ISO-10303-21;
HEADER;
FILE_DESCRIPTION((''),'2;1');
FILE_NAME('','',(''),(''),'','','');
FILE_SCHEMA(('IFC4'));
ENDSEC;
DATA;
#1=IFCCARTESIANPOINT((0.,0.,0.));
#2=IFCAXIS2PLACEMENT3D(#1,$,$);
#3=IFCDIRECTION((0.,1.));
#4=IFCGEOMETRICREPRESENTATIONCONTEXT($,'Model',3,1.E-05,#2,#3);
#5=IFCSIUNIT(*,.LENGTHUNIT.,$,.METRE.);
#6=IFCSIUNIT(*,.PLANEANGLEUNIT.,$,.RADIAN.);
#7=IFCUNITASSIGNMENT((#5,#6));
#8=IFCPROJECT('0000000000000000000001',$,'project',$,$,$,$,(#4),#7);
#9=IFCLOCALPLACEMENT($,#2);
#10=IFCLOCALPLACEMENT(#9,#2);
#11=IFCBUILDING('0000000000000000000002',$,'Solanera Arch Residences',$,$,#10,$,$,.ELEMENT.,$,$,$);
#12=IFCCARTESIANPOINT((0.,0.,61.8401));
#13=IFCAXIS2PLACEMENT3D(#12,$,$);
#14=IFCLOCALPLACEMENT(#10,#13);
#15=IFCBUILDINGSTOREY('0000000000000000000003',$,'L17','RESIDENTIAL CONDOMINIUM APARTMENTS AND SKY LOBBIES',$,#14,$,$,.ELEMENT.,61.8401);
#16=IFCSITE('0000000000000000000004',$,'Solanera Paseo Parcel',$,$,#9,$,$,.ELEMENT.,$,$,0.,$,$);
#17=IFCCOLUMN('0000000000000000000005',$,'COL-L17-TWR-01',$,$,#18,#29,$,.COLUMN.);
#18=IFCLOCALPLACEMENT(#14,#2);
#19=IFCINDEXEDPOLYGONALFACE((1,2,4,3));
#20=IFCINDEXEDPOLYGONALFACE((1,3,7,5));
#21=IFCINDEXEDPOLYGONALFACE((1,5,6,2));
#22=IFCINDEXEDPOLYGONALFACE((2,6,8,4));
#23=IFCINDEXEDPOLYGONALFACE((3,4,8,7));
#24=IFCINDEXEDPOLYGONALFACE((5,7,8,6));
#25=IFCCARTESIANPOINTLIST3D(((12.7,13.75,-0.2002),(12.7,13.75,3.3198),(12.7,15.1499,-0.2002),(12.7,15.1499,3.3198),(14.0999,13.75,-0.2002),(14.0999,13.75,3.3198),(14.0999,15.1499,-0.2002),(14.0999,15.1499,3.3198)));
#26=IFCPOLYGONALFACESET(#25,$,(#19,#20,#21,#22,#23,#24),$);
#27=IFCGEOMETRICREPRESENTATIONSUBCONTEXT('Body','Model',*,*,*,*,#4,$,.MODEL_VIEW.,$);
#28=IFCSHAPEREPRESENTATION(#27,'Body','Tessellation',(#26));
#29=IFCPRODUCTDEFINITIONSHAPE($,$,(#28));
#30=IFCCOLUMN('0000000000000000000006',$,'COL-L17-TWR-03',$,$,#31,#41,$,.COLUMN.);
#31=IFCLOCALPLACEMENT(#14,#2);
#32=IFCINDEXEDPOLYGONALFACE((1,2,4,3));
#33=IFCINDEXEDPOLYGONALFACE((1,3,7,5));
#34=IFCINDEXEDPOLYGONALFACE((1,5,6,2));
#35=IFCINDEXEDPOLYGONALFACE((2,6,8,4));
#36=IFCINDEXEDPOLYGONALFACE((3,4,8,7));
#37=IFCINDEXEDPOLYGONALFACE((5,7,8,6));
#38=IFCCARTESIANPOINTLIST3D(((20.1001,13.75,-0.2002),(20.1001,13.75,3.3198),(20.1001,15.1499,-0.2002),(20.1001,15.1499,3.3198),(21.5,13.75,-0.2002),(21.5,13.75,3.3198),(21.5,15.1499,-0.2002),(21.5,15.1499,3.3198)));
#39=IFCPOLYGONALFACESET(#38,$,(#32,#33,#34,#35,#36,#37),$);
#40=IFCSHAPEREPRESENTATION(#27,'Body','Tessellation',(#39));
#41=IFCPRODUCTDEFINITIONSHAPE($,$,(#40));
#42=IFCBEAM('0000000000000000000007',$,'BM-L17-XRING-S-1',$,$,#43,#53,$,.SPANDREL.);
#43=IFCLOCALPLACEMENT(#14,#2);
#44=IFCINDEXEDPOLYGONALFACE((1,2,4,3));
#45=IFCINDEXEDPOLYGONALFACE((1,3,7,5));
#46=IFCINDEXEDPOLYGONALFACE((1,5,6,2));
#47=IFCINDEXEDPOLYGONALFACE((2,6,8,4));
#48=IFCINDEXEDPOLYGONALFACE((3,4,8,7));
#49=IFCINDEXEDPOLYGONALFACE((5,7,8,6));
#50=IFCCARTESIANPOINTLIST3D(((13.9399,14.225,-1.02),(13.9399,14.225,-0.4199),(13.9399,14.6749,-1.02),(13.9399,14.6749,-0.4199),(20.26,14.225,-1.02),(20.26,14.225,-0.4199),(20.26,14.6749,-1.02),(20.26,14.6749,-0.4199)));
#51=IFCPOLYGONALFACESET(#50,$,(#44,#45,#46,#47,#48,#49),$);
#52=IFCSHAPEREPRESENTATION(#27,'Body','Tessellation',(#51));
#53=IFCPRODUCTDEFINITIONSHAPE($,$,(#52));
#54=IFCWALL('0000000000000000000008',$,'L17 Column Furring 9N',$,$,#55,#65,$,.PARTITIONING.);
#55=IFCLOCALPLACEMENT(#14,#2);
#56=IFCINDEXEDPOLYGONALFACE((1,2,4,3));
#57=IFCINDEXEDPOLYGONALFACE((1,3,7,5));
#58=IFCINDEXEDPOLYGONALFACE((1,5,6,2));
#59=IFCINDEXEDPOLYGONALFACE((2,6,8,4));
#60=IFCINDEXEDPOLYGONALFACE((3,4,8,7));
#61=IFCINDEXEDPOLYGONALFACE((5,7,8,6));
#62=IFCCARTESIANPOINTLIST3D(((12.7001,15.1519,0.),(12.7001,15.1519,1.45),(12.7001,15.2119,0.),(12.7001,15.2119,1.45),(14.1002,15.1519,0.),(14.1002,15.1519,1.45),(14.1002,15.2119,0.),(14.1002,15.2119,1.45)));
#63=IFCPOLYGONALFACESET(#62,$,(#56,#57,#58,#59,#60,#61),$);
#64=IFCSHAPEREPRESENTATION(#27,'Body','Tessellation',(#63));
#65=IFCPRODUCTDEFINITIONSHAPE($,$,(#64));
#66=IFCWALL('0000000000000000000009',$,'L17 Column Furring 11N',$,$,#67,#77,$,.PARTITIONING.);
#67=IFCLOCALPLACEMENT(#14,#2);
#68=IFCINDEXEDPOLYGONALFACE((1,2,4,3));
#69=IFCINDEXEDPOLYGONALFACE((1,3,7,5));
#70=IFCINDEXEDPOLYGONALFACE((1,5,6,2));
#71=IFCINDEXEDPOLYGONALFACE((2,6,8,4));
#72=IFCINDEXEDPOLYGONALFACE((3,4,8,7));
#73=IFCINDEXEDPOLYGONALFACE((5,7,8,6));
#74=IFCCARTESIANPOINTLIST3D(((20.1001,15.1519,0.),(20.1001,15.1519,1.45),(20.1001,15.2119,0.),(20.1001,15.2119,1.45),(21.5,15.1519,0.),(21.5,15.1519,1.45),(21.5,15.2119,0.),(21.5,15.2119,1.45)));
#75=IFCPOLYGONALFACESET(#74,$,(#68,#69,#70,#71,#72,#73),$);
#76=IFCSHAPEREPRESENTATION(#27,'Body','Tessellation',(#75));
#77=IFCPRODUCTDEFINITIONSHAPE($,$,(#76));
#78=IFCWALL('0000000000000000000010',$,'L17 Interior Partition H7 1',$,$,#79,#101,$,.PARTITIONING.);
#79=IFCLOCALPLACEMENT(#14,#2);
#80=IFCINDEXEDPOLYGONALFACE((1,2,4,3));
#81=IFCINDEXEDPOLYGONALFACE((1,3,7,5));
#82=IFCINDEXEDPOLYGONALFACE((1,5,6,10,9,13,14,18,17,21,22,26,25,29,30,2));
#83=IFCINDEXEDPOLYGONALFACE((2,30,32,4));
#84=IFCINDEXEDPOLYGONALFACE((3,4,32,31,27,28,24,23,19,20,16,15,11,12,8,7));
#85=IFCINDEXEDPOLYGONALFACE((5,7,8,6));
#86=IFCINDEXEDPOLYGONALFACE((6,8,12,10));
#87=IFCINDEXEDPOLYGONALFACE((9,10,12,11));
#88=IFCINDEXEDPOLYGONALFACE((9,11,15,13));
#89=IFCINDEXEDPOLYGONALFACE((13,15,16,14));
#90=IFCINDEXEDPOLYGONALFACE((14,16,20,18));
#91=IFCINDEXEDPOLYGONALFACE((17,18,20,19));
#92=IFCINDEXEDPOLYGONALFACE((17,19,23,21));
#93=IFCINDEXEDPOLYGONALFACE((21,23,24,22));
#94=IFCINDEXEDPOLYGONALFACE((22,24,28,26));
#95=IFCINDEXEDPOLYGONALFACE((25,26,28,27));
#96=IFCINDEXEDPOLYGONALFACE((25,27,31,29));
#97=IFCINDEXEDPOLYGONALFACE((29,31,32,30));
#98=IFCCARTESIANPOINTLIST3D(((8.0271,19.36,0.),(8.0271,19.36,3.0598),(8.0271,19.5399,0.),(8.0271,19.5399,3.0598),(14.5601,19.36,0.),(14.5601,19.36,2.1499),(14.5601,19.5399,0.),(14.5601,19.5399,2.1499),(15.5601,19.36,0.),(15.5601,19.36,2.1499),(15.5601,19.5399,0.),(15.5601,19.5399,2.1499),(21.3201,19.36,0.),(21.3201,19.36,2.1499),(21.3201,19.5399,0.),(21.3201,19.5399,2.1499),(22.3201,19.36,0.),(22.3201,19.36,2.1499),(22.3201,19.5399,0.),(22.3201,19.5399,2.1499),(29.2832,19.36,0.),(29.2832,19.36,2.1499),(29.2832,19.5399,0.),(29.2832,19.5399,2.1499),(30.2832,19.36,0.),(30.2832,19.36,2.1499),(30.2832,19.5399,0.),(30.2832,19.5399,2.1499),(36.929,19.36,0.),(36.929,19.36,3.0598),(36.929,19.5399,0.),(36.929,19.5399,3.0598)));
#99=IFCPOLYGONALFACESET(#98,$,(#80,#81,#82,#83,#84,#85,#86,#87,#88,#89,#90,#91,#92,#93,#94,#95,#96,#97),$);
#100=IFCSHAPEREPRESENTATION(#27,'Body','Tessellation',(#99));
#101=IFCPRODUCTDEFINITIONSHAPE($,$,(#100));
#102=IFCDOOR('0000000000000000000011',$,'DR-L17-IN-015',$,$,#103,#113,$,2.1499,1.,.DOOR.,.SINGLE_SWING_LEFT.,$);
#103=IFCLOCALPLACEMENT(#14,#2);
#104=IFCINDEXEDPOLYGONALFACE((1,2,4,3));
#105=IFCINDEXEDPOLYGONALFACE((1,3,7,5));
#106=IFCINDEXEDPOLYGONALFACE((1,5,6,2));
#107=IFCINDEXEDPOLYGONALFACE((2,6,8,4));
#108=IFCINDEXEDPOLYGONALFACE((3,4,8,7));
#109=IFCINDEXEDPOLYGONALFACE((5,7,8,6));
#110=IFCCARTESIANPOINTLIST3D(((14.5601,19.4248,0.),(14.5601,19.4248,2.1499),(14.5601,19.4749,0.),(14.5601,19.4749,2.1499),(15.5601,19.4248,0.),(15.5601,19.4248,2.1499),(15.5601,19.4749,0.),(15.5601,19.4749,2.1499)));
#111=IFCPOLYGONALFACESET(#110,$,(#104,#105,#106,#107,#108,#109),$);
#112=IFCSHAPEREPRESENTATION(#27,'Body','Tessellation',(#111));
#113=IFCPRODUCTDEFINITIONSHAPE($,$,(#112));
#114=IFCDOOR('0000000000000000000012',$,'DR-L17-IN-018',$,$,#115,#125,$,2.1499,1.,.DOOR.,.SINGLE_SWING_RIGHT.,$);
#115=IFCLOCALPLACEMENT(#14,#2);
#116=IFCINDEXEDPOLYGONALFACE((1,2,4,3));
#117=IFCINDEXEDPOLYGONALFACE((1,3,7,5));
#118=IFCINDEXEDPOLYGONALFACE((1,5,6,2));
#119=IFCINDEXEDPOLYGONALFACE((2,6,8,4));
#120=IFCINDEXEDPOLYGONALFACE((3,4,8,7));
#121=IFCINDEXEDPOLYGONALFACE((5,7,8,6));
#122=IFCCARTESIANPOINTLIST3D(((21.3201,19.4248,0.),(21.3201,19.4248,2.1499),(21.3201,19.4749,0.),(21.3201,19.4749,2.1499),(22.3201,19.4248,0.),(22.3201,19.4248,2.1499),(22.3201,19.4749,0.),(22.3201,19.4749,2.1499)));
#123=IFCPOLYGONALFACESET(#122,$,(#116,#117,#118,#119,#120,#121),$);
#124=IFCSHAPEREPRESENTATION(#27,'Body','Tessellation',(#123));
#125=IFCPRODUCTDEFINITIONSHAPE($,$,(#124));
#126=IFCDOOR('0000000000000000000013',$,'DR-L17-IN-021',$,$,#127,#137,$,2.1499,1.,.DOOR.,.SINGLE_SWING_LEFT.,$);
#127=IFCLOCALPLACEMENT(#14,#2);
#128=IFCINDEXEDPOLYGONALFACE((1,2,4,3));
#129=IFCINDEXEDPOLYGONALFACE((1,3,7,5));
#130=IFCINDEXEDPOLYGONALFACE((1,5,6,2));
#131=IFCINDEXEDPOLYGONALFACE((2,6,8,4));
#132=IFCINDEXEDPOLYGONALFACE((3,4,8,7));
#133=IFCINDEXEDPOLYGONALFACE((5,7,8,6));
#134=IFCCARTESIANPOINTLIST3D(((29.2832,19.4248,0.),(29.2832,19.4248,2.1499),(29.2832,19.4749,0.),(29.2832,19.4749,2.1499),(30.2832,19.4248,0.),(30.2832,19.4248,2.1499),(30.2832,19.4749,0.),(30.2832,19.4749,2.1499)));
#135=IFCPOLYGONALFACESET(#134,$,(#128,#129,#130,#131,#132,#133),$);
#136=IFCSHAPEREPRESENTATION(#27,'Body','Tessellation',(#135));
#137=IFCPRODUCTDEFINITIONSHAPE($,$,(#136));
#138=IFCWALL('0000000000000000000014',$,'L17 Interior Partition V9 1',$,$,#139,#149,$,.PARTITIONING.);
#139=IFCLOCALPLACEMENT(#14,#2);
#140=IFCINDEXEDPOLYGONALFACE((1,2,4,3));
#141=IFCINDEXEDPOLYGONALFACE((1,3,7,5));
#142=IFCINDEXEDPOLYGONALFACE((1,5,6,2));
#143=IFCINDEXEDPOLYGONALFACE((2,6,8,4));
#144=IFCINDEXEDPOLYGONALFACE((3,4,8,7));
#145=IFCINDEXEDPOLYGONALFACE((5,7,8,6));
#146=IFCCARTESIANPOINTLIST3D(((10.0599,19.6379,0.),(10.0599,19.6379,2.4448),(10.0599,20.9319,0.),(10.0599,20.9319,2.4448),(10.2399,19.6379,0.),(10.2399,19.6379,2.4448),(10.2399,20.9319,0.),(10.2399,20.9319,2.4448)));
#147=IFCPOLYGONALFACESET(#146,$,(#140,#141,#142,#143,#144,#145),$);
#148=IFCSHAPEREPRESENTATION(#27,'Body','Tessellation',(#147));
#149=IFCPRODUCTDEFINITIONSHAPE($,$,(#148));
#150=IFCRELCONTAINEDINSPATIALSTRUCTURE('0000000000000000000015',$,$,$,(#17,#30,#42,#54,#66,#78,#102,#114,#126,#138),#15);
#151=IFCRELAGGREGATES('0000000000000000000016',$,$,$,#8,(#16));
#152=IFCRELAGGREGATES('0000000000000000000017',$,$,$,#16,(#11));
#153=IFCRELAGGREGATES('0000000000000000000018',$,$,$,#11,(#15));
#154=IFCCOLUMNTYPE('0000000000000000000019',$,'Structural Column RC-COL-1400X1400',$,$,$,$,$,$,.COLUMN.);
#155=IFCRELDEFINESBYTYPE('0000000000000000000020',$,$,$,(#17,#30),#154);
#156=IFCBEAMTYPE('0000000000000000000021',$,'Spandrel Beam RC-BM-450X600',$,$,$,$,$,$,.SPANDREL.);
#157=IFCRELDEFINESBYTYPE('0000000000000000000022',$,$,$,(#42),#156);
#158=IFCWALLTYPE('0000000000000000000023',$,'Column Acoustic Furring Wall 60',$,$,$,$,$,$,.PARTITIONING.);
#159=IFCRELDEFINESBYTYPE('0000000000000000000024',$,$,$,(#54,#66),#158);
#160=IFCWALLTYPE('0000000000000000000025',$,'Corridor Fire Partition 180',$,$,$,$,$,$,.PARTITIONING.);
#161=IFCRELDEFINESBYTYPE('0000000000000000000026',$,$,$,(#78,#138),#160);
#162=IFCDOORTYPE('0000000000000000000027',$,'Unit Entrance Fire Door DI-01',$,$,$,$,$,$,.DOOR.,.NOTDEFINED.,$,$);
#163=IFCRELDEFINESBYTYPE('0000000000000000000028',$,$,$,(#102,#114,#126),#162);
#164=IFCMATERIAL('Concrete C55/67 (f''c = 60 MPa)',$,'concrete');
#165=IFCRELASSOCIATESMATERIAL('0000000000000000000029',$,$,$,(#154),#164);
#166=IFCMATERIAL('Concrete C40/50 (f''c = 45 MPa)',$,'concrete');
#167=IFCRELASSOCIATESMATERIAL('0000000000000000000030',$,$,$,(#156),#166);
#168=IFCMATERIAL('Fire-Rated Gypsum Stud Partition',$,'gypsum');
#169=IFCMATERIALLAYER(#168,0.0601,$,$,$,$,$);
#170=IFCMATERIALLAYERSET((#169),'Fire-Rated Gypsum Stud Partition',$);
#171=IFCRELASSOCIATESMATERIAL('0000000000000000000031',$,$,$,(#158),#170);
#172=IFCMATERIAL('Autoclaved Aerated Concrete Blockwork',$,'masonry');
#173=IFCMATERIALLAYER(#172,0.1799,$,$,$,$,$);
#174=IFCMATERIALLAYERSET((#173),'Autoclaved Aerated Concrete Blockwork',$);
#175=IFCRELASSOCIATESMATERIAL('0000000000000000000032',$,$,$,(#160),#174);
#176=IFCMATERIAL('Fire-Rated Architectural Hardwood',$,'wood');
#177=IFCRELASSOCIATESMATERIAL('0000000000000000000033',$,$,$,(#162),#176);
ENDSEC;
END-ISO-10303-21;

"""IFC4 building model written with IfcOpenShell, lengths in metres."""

from ifc_helpers import new_model, si_unit, direction, frame, frame_2d, origin, origin_2d, place, context, subcontext, project, spatial, rectangle, extrude, material, layer, layer_set, material_profile, profile_set, type_object, element, fill, save


model = new_model("IFC4")

# Units and contexts
model_context = context("Model", 3, precision=1e-05, world=origin(), true_north=direction((0.0, 1.0)))
body_context = subcontext(model_context, "Body", "Model", "MODEL_VIEW")
ifc_project = project(units=[si_unit("LENGTHUNIT", "METRE"), si_unit("PLANEANGLEUNIT", "RADIAN")], contexts=[model_context])

# Site, building, storey
site_placement = place(None, origin())
site = spatial("IfcSite", under=ifc_project, at=site_placement, Name="Solanera Paseo Parcel", CompositionType="ELEMENT", RefElevation=0.0)
building_placement = place(site_placement, origin())
building = spatial("IfcBuilding", under=site, at=building_placement, Name="Solanera Arch Residences", CompositionType="ELEMENT")
storey_placement = place(building_placement, frame((0.0, 0.0, 61.8401)))
storey = spatial("IfcBuildingStorey", under=building, at=storey_placement, Name="L17", Description="RESIDENTIAL CONDOMINIUM APARTMENTS AND SKY LOBBIES", CompositionType="ELEMENT", Elevation=61.8401)

# Columns
ifc_material_1 = material(Name="Concrete C55/67 (f'c = 60 MPa)", Category="concrete")
ifc_material_profile_1 = material_profile(ifc_material_1, rectangle(XDim=1.3999, YDim=1.3999, at=origin_2d()))
ifc_profile_set_1 = profile_set([ifc_material_profile_1], Name="Concrete C55/67 (f'c = 60 MPa)")
column_type = type_object("IfcColumnType", Name="Structural Column RC-COL-1400X1400", PredefinedType="COLUMN", material=ifc_profile_set_1)
for number, where, z_axis, x_axis, name in (
    (1, (13.3999, 14.45, -0.2002), (0.0, 0.0, 1.0), (1.0, 0.0, 0.0), "COL-L17-TWR-01"),
    (2, (20.8, 14.45, -0.2002), (0.0, 0.0, 1.0), (1.0, 0.0, 0.0), "COL-L17-TWR-03"),
):
    element("IfcColumn", number, at=place(storey_placement, frame(where, z_axis=z_axis, x_axis=x_axis)), inside=storey, type_object=column_type, Name=name, PredefinedType="COLUMN", context=body_context, shape_type="SweptSolid", body=[
        extrude(rectangle(XDim=1.3999, YDim=1.3999, at=origin_2d()), origin(), (0.0, 0.0, 1.0), 3.52),
    ])

# Beam
ifc_material_2 = material(Name="Concrete C40/50 (f'c = 45 MPa)", Category="concrete")
ifc_material_profile_2 = material_profile(ifc_material_2, rectangle(XDim=0.45, YDim=0.6001, at=origin_2d()))
ifc_profile_set_2 = profile_set([ifc_material_profile_2], Name="Concrete C40/50 (f'c = 45 MPa)")
beam_type = type_object("IfcBeamType", Name="Spandrel Beam RC-BM-450X600", PredefinedType="SPANDREL", material=ifc_profile_set_2)
beam_placement = place(storey_placement, frame((13.9399, 14.45, -0.72), z_axis=(1.0, 0.0, 0.0), x_axis=(0.0, 1.0, 0.0)))
element("IfcBeam", 3, at=beam_placement, inside=storey, type_object=beam_type, Name="BM-L17-XRING-S-1", PredefinedType="SPANDREL", context=body_context, shape_type="SweptSolid", body=[
    extrude(rectangle(XDim=0.45, YDim=0.6001, at=origin_2d()), origin(), (0.0, 0.0, 1.0), 6.3201),
])

# Walls
ifc_material_3 = material(Name="Fire-Rated Gypsum Stud Partition", Category="gypsum")
ifc_layer_1 = layer(ifc_material_3, 0.0601)
ifc_layer_set_1 = layer_set([ifc_layer_1], Name="Fire-Rated Gypsum Stud Partition")
wall_type_1 = type_object("IfcWallType", Name="Column Acoustic Furring Wall 60", PredefinedType="PARTITIONING", material=ifc_layer_set_1)
wall_1_placement = place(storey_placement, frame((12.7, 15.1819, 0.0), z_axis=(0.0, 0.0, 1.0), x_axis=(1.0, 0.0, 0.0)))
element("IfcWall", 4, at=wall_1_placement, inside=storey, type_object=wall_type_1, Name="L17 Column Furring 9N", PredefinedType="PARTITIONING", context=body_context, shape_type="SweptSolid", body=[
    extrude(rectangle(XDim=1.4001, YDim=0.0601, at=frame_2d((0.7002, 0.0))), origin(), (0.0, 0.0, 1.0), 1.45),
])
wall_2_placement = place(storey_placement, frame((20.1001, 15.1819, 0.0), z_axis=(0.0, 0.0, 1.0), x_axis=(1.0, 0.0, 0.0)))
element("IfcWall", 5, at=wall_2_placement, inside=storey, type_object=wall_type_1, Name="L17 Column Furring 11N", PredefinedType="PARTITIONING", context=body_context, shape_type="SweptSolid", body=[
    extrude(rectangle(XDim=1.3999, YDim=0.0601, at=frame_2d((0.7, 0.0))), origin(), (0.0, 0.0, 1.0), 1.45),
])

# Wall, openings, doors
ifc_material_4 = material(Name="Autoclaved Aerated Concrete Blockwork", Category="masonry")
ifc_layer_2 = layer(ifc_material_4, 0.1799)
ifc_layer_set_2 = layer_set([ifc_layer_2], Name="Autoclaved Aerated Concrete Blockwork")
wall_type_2 = type_object("IfcWallType", Name="Corridor Fire Partition 180", PredefinedType="PARTITIONING", material=ifc_layer_set_2)
wall_3_placement = place(storey_placement, frame((8.0271, 19.45, 0.0), z_axis=(0.0, 0.0, 1.0), x_axis=(1.0, 0.0, 0.0)))
wall_3 = element("IfcWall", 6, at=wall_3_placement, inside=storey, type_object=wall_type_2, Name="L17 Interior Partition H7 1", PredefinedType="PARTITIONING", context=body_context, shape_type="SweptSolid", body=[
    extrude(rectangle(XDim=28.9019, YDim=0.1799, at=frame_2d((14.4509, 0.0))), origin(), (0.0, 0.0, 1.0), 3.0598),
])
opening_1_placement = place(wall_3_placement, frame((6.533, 0.0, 0.0)))
opening_1 = element("IfcOpeningElement", 7, at=opening_1_placement, cuts=wall_3, PredefinedType="OPENING", context=body_context, shape_type="SweptSolid", body=[
    extrude(rectangle(XDim=1.0, YDim=2.1499, at=frame_2d((0.5, 1.075))), frame((0.0, 0.1001, 0.0), z_axis=(0.0, -1.0, 0.0), x_axis=(1.0, 0.0, 0.0)), (0.0, 0.0, 1.0), 0.1999),
])
opening_2_placement = place(wall_3_placement, frame((13.293, 0.0, 0.0)))
opening_2 = element("IfcOpeningElement", 8, at=opening_2_placement, cuts=wall_3, PredefinedType="OPENING", context=body_context, shape_type="SweptSolid", body=[
    extrude(rectangle(XDim=1.0, YDim=2.1499, at=frame_2d((0.5, 1.075))), frame((0.0, 0.1001, 0.0), z_axis=(0.0, -1.0, 0.0), x_axis=(1.0, 0.0, 0.0)), (0.0, 0.0, 1.0), 0.1999),
])
opening_3_placement = place(wall_3_placement, frame((21.2561, 0.0, 0.0)))
opening_3 = element("IfcOpeningElement", 9, at=opening_3_placement, cuts=wall_3, PredefinedType="OPENING", context=body_context, shape_type="SweptSolid", body=[
    extrude(rectangle(XDim=1.0, YDim=2.1499, at=frame_2d((0.5, 1.075))), frame((0.0, 0.1001, 0.0), z_axis=(0.0, -1.0, 0.0), x_axis=(1.0, 0.0, 0.0)), (0.0, 0.0, 1.0), 0.1999),
])
ifc_material_5 = material(Name="Fire-Rated Architectural Hardwood", Category="wood")
door_type_1 = type_object("IfcDoorType", Name="Unit Entrance Fire Door DI-01", OperationType="NOTDEFINED", PredefinedType="DOOR", material=ifc_material_5)
door_1_placement = place(opening_1_placement, origin())
door_1 = element("IfcDoor", 10, at=door_1_placement, inside=storey, type_object=door_type_1, Name="DR-L17-IN-015", OperationType="SINGLE_SWING_LEFT", OverallHeight=2.1499, OverallWidth=1.0, PredefinedType="DOOR", context=body_context, shape_type="SweptSolid", body=[
    extrude(rectangle(XDim=1.0, YDim=2.1499, at=frame_2d((0.5, 1.075))), frame((0.0, 0.0249, 0.0), z_axis=(0.0, -1.0, 0.0), x_axis=(1.0, 0.0, 0.0)), (0.0, 0.0, 1.0), 0.05),
])
fill(opening_1, door_1)
door_2_placement = place(opening_2_placement, origin())
door_2 = element("IfcDoor", 11, at=door_2_placement, inside=storey, type_object=door_type_1, Name="DR-L17-IN-018", OperationType="SINGLE_SWING_RIGHT", OverallHeight=2.1499, OverallWidth=1.0, PredefinedType="DOOR", context=body_context, shape_type="SweptSolid", body=[
    extrude(rectangle(XDim=1.0, YDim=2.1499, at=frame_2d((0.5, 1.075))), frame((0.0, 0.0249, 0.0), z_axis=(0.0, -1.0, 0.0), x_axis=(1.0, 0.0, 0.0)), (0.0, 0.0, 1.0), 0.05),
])
fill(opening_2, door_2)
door_3_placement = place(opening_3_placement, origin())
door_3 = element("IfcDoor", 12, at=door_3_placement, inside=storey, type_object=door_type_1, Name="DR-L17-IN-021", OperationType="SINGLE_SWING_LEFT", OverallHeight=2.1499, OverallWidth=1.0, PredefinedType="DOOR", context=body_context, shape_type="SweptSolid", body=[
    extrude(rectangle(XDim=1.0, YDim=2.1499, at=frame_2d((0.5, 1.075))), frame((0.0, 0.0249, 0.0), z_axis=(0.0, -1.0, 0.0), x_axis=(1.0, 0.0, 0.0)), (0.0, 0.0, 1.0), 0.05),
])
fill(opening_3, door_3)

# Wall
wall_4_placement = place(storey_placement, frame((10.1499, 19.6379, 0.0), z_axis=(0.0, 0.0, 1.0), x_axis=(0.0, 1.0, 0.0)))
element("IfcWall", 13, at=wall_4_placement, inside=storey, type_object=wall_type_2, Name="L17 Interior Partition V9 1", PredefinedType="PARTITIONING", context=body_context, shape_type="SweptSolid", body=[
    extrude(rectangle(XDim=1.2939, YDim=0.1799, at=frame_2d((0.647, 0.0))), origin(), (0.0, 0.0, 1.0), 2.4448),
])

save(model, "model.ifc")
